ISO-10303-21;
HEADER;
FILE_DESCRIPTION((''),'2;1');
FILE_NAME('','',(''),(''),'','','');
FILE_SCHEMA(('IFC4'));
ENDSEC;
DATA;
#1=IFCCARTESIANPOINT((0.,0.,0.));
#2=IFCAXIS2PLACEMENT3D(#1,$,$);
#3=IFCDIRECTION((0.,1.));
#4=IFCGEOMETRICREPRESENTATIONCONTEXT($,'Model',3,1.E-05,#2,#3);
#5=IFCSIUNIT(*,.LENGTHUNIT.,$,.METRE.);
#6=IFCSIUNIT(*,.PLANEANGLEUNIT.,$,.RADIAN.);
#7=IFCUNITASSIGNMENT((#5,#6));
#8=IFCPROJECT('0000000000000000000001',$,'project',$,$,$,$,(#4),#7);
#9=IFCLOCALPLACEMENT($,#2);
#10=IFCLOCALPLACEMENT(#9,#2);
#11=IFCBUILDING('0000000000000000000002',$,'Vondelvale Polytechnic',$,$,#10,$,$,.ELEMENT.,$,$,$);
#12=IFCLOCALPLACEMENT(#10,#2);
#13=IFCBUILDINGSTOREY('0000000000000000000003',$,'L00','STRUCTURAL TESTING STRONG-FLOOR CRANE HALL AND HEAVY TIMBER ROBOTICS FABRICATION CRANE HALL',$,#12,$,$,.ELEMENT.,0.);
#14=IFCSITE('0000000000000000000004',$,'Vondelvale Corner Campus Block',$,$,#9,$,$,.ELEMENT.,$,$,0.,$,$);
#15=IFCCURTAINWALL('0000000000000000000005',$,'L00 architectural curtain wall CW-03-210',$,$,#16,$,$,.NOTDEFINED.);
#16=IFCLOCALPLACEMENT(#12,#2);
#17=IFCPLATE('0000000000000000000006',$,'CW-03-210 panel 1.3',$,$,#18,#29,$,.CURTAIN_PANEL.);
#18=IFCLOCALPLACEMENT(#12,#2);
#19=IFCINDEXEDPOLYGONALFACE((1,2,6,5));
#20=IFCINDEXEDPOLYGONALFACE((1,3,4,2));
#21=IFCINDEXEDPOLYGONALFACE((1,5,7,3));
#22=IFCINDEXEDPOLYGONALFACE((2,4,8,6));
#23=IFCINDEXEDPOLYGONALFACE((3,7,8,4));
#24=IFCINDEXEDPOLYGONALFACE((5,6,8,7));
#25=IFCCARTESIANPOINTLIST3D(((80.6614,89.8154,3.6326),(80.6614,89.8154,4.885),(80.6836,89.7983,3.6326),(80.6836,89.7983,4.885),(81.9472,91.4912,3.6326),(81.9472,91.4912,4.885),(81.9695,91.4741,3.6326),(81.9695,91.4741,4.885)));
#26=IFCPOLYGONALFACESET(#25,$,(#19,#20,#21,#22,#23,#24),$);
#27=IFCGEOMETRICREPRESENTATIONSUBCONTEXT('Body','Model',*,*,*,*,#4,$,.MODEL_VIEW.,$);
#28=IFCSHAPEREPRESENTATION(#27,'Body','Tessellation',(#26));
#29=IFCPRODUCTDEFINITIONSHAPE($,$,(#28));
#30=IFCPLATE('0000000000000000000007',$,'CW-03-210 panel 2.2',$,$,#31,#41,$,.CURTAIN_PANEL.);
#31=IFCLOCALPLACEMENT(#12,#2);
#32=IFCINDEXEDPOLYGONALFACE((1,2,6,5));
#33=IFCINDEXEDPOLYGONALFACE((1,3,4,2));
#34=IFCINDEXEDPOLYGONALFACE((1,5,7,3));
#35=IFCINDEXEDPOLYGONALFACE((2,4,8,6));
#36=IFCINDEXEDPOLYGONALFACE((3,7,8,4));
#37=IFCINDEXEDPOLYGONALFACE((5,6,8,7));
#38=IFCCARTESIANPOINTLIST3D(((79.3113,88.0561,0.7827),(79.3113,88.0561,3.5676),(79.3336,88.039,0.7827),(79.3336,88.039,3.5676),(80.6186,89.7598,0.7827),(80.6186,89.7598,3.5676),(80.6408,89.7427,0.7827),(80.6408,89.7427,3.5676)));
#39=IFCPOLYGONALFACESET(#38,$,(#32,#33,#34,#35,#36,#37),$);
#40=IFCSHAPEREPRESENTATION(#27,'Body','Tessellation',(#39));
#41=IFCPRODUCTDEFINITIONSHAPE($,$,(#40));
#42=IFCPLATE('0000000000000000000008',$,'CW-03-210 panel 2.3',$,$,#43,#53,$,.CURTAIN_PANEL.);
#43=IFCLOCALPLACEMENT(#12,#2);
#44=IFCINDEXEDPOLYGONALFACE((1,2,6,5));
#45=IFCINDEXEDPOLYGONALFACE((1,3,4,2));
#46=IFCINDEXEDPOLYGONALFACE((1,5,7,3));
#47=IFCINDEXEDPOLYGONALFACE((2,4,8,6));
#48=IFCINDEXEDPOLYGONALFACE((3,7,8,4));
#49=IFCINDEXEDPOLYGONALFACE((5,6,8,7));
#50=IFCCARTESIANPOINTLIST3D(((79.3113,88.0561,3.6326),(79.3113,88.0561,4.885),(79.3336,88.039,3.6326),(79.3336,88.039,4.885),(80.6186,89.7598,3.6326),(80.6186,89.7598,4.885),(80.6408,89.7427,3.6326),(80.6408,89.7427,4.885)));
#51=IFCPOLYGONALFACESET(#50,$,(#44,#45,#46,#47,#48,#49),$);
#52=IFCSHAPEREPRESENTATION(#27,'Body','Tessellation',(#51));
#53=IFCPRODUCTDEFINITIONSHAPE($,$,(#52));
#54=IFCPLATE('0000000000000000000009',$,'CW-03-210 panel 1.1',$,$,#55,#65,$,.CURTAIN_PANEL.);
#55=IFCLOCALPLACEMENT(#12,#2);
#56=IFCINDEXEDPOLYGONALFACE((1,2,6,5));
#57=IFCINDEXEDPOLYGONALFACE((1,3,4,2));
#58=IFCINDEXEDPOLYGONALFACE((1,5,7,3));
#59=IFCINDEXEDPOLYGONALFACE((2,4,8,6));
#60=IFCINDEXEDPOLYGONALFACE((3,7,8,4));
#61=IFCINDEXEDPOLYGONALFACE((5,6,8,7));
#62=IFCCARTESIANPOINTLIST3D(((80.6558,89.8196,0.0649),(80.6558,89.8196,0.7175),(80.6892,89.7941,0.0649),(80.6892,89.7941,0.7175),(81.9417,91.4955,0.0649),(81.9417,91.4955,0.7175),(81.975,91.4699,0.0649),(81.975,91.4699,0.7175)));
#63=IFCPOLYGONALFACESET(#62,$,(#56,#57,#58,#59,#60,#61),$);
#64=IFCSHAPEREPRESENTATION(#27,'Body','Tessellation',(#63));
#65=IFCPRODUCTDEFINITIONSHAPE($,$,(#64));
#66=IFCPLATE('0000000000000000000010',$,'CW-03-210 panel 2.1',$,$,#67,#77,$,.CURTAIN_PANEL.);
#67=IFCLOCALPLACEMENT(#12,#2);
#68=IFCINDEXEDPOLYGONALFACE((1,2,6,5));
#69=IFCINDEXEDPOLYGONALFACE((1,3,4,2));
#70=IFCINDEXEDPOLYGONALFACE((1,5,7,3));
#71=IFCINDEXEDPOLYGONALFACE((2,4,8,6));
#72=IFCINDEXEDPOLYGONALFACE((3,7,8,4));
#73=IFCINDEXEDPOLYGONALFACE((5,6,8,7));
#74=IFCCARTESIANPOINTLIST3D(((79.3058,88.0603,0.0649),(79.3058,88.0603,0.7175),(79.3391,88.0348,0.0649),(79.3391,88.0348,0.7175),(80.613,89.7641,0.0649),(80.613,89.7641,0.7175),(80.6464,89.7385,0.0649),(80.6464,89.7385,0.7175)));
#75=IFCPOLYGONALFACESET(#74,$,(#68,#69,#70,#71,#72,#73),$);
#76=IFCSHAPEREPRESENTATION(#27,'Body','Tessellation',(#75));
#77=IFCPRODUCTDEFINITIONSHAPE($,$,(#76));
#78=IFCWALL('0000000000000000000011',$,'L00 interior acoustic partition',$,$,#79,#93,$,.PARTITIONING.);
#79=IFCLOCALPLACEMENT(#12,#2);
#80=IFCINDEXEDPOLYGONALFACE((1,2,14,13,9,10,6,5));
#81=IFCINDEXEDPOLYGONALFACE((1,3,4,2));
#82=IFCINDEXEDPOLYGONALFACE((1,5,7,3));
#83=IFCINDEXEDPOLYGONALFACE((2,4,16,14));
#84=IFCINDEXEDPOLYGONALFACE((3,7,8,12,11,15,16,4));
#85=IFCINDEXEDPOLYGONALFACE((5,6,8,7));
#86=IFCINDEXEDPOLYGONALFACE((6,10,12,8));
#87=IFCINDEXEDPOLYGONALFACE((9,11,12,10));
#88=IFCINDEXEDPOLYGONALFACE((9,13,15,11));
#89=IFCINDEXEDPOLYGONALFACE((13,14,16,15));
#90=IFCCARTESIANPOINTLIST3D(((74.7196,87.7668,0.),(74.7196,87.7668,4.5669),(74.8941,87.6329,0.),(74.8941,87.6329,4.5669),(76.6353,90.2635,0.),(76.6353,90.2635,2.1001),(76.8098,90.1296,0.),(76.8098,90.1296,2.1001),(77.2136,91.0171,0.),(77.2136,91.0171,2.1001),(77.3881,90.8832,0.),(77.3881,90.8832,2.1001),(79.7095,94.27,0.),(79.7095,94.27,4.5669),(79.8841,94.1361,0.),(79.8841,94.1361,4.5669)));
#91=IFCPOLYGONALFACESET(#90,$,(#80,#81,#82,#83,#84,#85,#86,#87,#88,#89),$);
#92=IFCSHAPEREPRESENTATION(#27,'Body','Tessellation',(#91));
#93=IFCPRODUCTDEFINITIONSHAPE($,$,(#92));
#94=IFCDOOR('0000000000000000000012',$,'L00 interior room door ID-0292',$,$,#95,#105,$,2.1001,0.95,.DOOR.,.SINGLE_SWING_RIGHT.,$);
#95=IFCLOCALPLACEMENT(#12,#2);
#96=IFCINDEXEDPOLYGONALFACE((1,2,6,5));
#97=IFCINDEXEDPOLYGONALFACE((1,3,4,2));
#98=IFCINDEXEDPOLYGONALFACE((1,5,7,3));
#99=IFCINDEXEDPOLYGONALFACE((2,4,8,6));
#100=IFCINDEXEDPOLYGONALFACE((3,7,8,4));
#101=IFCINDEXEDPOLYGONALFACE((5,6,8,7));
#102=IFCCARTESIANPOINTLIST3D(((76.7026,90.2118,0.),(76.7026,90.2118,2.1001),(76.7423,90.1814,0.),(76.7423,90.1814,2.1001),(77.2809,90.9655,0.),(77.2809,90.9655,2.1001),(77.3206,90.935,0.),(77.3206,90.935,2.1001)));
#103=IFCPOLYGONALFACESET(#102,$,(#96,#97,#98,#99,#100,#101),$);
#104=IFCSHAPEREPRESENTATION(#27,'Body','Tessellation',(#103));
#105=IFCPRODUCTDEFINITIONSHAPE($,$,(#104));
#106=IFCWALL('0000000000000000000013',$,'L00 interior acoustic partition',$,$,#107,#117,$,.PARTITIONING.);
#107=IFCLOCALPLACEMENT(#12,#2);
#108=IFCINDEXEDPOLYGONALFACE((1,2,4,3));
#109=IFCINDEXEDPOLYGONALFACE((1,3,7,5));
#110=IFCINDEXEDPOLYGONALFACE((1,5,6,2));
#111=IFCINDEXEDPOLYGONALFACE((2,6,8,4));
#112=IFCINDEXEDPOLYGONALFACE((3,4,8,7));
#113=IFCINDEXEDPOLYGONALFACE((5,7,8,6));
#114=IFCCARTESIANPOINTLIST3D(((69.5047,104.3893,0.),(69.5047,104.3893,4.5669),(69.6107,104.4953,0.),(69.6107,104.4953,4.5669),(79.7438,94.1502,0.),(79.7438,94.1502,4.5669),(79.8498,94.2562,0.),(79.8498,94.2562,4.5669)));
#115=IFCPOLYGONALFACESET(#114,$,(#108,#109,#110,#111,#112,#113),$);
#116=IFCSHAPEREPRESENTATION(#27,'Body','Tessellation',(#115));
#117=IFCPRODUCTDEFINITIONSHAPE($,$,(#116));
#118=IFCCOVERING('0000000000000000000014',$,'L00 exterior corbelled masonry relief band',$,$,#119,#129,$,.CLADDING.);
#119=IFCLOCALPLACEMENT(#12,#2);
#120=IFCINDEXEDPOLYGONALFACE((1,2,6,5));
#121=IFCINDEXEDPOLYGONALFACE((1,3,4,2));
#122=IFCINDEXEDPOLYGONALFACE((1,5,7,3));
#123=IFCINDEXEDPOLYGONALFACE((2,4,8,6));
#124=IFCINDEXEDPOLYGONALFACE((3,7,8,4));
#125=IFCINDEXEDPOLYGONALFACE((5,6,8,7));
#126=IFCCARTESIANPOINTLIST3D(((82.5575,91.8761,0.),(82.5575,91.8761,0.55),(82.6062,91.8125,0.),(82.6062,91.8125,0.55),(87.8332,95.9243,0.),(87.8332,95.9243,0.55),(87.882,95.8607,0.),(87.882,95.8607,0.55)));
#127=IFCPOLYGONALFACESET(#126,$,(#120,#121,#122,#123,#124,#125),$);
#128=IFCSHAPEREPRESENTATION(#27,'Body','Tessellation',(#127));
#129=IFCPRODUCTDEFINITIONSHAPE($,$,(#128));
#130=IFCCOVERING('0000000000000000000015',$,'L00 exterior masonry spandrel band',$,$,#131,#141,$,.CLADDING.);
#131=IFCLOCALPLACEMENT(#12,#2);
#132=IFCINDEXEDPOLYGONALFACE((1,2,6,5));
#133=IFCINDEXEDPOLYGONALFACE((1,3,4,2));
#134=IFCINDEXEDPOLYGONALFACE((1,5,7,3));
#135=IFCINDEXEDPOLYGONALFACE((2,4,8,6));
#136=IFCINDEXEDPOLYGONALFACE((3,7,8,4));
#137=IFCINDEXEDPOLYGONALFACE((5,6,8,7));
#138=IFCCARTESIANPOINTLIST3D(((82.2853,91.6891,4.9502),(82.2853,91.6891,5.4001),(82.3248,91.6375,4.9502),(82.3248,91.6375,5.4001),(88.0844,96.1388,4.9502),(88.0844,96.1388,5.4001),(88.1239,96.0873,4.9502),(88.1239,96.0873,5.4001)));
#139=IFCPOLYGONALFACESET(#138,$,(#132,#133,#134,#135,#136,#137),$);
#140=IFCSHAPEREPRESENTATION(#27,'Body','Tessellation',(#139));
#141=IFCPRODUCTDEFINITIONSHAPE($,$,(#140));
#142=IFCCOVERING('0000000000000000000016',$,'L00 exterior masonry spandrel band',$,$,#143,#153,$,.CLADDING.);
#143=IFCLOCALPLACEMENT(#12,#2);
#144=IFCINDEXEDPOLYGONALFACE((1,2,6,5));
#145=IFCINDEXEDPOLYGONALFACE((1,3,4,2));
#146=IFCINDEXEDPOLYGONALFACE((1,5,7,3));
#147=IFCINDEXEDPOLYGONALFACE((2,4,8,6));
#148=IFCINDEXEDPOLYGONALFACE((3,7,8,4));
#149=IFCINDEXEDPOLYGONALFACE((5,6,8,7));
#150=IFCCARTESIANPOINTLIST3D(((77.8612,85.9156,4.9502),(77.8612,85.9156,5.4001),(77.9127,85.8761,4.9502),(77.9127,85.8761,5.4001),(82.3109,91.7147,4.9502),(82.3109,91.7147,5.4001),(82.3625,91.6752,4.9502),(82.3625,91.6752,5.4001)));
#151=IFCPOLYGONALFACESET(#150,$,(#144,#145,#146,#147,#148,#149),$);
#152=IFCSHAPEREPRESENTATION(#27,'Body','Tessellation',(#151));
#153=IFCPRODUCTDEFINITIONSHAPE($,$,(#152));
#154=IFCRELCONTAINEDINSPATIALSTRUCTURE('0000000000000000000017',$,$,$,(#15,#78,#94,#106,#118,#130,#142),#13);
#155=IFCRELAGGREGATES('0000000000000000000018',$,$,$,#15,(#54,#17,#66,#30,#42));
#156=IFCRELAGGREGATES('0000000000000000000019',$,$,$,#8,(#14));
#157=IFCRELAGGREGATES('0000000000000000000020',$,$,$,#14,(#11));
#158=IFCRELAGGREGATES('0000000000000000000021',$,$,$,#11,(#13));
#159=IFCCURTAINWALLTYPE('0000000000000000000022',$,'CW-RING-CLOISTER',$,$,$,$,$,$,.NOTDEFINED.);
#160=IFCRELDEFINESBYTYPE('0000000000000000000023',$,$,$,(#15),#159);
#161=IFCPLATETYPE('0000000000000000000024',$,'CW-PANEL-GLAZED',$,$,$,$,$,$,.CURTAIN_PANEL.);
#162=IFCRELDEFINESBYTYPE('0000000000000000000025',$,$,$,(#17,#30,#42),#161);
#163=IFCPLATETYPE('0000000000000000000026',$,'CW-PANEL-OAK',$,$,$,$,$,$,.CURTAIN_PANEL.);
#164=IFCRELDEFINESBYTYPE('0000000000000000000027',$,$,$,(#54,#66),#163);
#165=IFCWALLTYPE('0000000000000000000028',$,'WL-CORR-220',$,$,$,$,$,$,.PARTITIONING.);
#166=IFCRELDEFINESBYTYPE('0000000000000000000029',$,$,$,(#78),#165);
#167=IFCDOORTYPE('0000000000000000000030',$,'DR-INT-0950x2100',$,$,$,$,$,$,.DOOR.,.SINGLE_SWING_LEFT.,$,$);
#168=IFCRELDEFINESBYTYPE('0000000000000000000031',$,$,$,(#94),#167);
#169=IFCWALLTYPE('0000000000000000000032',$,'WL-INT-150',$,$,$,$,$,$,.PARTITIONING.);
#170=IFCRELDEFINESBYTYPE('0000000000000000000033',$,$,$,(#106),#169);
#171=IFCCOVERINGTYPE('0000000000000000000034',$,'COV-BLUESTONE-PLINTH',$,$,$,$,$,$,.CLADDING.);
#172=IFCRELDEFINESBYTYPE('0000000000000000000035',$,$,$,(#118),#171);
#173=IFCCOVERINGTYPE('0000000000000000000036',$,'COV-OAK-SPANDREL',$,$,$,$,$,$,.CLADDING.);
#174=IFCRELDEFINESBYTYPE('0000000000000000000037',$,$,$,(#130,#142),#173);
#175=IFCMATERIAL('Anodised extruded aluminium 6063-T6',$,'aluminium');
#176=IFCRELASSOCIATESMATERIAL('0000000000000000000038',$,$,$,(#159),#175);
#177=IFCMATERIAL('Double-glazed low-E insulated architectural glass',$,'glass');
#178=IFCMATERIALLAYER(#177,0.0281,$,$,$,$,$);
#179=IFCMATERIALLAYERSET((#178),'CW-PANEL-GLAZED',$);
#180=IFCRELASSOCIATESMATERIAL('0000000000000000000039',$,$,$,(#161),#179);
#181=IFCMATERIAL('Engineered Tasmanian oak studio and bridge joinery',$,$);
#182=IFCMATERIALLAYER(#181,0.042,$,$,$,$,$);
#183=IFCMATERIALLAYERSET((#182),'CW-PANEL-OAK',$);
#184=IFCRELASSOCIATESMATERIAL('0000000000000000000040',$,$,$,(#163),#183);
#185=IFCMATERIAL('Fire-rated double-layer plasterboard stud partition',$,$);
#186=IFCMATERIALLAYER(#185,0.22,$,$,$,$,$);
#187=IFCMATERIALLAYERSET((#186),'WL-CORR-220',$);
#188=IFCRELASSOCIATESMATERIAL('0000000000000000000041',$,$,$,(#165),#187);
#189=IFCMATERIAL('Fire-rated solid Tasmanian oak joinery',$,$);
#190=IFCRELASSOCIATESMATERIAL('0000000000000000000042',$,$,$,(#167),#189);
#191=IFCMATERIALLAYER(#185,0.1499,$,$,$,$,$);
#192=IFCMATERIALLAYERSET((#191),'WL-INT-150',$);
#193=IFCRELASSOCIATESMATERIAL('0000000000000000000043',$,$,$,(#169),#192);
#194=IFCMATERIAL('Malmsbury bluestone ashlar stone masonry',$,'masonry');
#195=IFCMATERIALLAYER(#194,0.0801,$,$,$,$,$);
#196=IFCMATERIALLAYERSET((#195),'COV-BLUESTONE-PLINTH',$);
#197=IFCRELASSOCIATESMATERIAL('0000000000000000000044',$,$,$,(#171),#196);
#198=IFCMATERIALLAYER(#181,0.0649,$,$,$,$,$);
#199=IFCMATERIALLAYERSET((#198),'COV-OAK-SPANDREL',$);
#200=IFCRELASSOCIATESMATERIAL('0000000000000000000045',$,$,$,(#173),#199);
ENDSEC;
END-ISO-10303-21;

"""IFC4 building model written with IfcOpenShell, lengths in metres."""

from ifc_helpers import new_model, si_unit, direction, frame, frame_2d, origin, origin_2d, place, context, subcontext, project, spatial, rectangle, extrude, material, layer, layer_set, type_object, element, fill, aggregate, save


model = new_model("IFC4")

# Units and contexts
model_context = context("Model", 3, precision=1e-05, world=origin(), true_north=direction((0.0, 1.0)))
body_context = subcontext(model_context, "Body", "Model", "MODEL_VIEW")
ifc_project = project(units=[si_unit("LENGTHUNIT", "METRE"), si_unit("PLANEANGLEUNIT", "RADIAN")], contexts=[model_context])

# Site, building, storey
site_placement = place(None, origin())
site = spatial("IfcSite", under=ifc_project, at=site_placement, Name="Vondelvale Corner Campus Block", CompositionType="ELEMENT", RefElevation=0.0)
building_placement = place(site_placement, origin())
building = spatial("IfcBuilding", under=site, at=building_placement, Name="Vondelvale Polytechnic", CompositionType="ELEMENT")
storey_placement = place(building_placement, origin())
storey = spatial("IfcBuildingStorey", under=building, at=storey_placement, Name="L00", Description="STRUCTURAL TESTING STRONG-FLOOR CRANE HALL AND HEAVY TIMBER ROBOTICS FABRICATION CRANE HALL", CompositionType="ELEMENT", Elevation=0.0)

# Curtain wall, plates
ifc_material_1 = material(Name="Anodised extruded aluminium 6063-T6", Category="aluminium")
curtain_wall_type = type_object("IfcCurtainWallType", Name="CW-RING-CLOISTER", PredefinedType="NOTDEFINED", material=ifc_material_1)
curtain_wall_placement = place(storey_placement, origin())
curtain_wall = element("IfcCurtainWall", 1, at=curtain_wall_placement, inside=storey, type_object=curtain_wall_type, Name="L00 architectural curtain wall CW-03-210", PredefinedType="NOTDEFINED")
ifc_material_2 = material(Name="Double-glazed low-E insulated architectural glass", Category="glass")
ifc_layer_1 = layer(ifc_material_2, 0.0281)
ifc_layer_set_1 = layer_set([ifc_layer_1], Name="CW-PANEL-GLAZED")
plate_type_1 = type_object("IfcPlateType", Name="CW-PANEL-GLAZED", PredefinedType="CURTAIN_PANEL", material=ifc_layer_set_1)
plate_1_placement = place(storey_placement, frame((81.3154, 90.6448, 3.6326), z_axis=(0.0, 0.0, 1.0), x_axis=(-0.608748, -0.793364, 0.0)))
plate_1 = element("IfcPlate", 2, at=plate_1_placement, type_object=plate_type_1, Name="CW-03-210 panel 1.3", PredefinedType="CURTAIN_PANEL", context=body_context, shape_type="SweptSolid", body=[
    extrude(rectangle(XDim=2.1123, YDim=0.0281, at=origin_2d()), origin(), (0.0, 0.0, 1.0), 1.2524),
])
plate_2_placement = place(storey_placement, frame((79.9761, 88.8994, 0.7827), z_axis=(0.0, 0.0, 1.0), x_axis=(-0.608748, -0.793364, 0.0)))
plate_2 = element("IfcPlate", 3, at=plate_2_placement, type_object=plate_type_1, Name="CW-03-210 panel 2.2", PredefinedType="CURTAIN_PANEL", context=body_context, shape_type="SweptSolid", body=[
    extrude(rectangle(XDim=2.1475, YDim=0.0281, at=origin_2d()), origin(), (0.0, 0.0, 1.0), 2.7849),
])
plate_3_placement = place(storey_placement, frame((79.9761, 88.8994, 3.6326), z_axis=(0.0, 0.0, 1.0), x_axis=(-0.608748, -0.793364, 0.0)))
plate_3 = element("IfcPlate", 4, at=plate_3_placement, type_object=plate_type_1, Name="CW-03-210 panel 2.3", PredefinedType="CURTAIN_PANEL", context=body_context, shape_type="SweptSolid", body=[
    extrude(rectangle(XDim=2.1475, YDim=0.0281, at=origin_2d()), origin(), (0.0, 0.0, 1.0), 1.2524),
])
ifc_material_3 = material(Name="Engineered Tasmanian oak studio and bridge joinery")
ifc_layer_2 = layer(ifc_material_3, 0.042)
ifc_layer_set_2 = layer_set([ifc_layer_2], Name="CW-PANEL-OAK")
plate_type_2 = type_object("IfcPlateType", Name="CW-PANEL-OAK", PredefinedType="CURTAIN_PANEL", material=ifc_layer_set_2)
plate_4_placement = place(storey_placement, frame((81.3154, 90.6448, 0.0649), z_axis=(0.0, 0.0, 1.0), x_axis=(-0.608748, -0.793364, 0.0)))
plate_4 = element("IfcPlate", 5, at=plate_4_placement, type_object=plate_type_2, Name="CW-03-210 panel 1.1", PredefinedType="CURTAIN_PANEL", context=body_context, shape_type="SweptSolid", body=[
    extrude(rectangle(XDim=2.1123, YDim=0.042, at=origin_2d()), origin(), (0.0, 0.0, 1.0), 0.6526),
])
plate_5_placement = place(storey_placement, frame((79.9761, 88.8994, 0.0649), z_axis=(0.0, 0.0, 1.0), x_axis=(-0.608748, -0.793364, 0.0)))
plate_5 = element("IfcPlate", 6, at=plate_5_placement, type_object=plate_type_2, Name="CW-03-210 panel 2.1", PredefinedType="CURTAIN_PANEL", context=body_context, shape_type="SweptSolid", body=[
    extrude(rectangle(XDim=2.1475, YDim=0.042, at=origin_2d()), origin(), (0.0, 0.0, 1.0), 0.6526),
])
aggregate(curtain_wall, [plate_4, plate_1, plate_5, plate_2, plate_3])

# Wall, opening, door
ifc_material_4 = material(Name="Fire-rated double-layer plasterboard stud partition")
ifc_layer_3 = layer(ifc_material_4, 0.22)
ifc_layer_set_3 = layer_set([ifc_layer_3], Name="WL-CORR-220")
wall_type_1 = type_object("IfcWallType", Name="WL-CORR-220", PredefinedType="PARTITIONING", material=ifc_layer_set_3)
wall_1_placement = place(storey_placement, frame((79.7969, 94.2031, 0.0), z_axis=(0.0, 0.0, 1.0), x_axis=(-0.608756, -0.793357, 0.0)))
wall_1 = element("IfcWall", 7, at=wall_1_placement, inside=storey, type_object=wall_type_1, Name="L00 interior acoustic partition", PredefinedType="PARTITIONING", context=body_context, shape_type="SweptSolid", body=[
    extrude(rectangle(XDim=8.197, YDim=0.22, at=frame_2d((4.0986, 0.0))), origin(), (0.0, 0.0, 1.0), 4.5669),
])
opening_placement = place(wall_1_placement, frame((4.1001, 0.0, 0.0)))
opening = element("IfcOpeningElement", 8, at=opening_placement, cuts=wall_1, PredefinedType="OPENING", context=body_context, shape_type="SweptSolid", body=[
    extrude(rectangle(XDim=0.95, YDim=2.1001, at=frame_2d((0.4751, 1.05))), frame((0.0, 0.1199, 0.0), z_axis=(0.0, -1.0, 0.0), x_axis=(1.0, 0.0, 0.0)), (0.0, 0.0, 1.0), 0.24),
])
ifc_material_5 = material(Name="Fire-rated solid Tasmanian oak joinery")
door_type = type_object("IfcDoorType", Name="DR-INT-0950x2100", OperationType="SINGLE_SWING_LEFT", PredefinedType="DOOR", material=ifc_material_5)
door_placement = place(opening_placement, origin())
door = element("IfcDoor", 9, at=door_placement, inside=storey, type_object=door_type, Name="L00 interior room door ID-0292", OperationType="SINGLE_SWING_RIGHT", OverallHeight=2.1001, OverallWidth=0.95, PredefinedType="DOOR", context=body_context, shape_type="SweptSolid", body=[
    extrude(rectangle(XDim=0.95, YDim=2.1001, at=frame_2d((0.4751, 1.05))), frame((0.0, 0.0249, 0.0), z_axis=(0.0, -1.0, 0.0), x_axis=(1.0, 0.0, 0.0)), (0.0, 0.0, 1.0), 0.05),
])
fill(opening, door)

# Wall
ifc_layer_4 = layer(ifc_material_4, 0.1499)
ifc_layer_set_4 = layer_set([ifc_layer_4], Name="WL-INT-150")
wall_type_2 = type_object("IfcWallType", Name="WL-INT-150", PredefinedType="PARTITIONING", material=ifc_layer_set_4)
wall_2_placement = place(storey_placement, frame((79.7969, 94.2031, 0.0), z_axis=(0.0, 0.0, 1.0), x_axis=(-0.707107, 0.707107, 0.0)))
element("IfcWall", 10, at=wall_2_placement, inside=storey, type_object=wall_type_2, Name="L00 interior acoustic partition", PredefinedType="PARTITIONING", context=body_context, shape_type="SweptSolid", body=[
    extrude(rectangle(XDim=14.4802, YDim=0.1499, at=frame_2d((7.2402, 0.0))), origin(), (0.0, 0.0, 1.0), 4.5669),
])

# Coverings
ifc_material_6 = material(Name="Malmsbury bluestone ashlar stone masonry", Category="masonry")
ifc_layer_5 = layer(ifc_material_6, 0.0801)
ifc_layer_set_5 = layer_set([ifc_layer_5], Name="COV-BLUESTONE-PLINTH")
covering_type_1 = type_object("IfcCoveringType", Name="COV-BLUESTONE-PLINTH", PredefinedType="CLADDING", material=ifc_layer_set_5)
covering_placement = place(storey_placement, frame((85.2197, 93.8684, 0.0), z_axis=(0.0, 0.0, 1.0), x_axis=(-0.793353, -0.608761, 0.0)))
element("IfcCovering", 11, at=covering_placement, inside=storey, type_object=covering_type_1, Name="L00 exterior corbelled masonry relief band", PredefinedType="CLADDING", context=body_context, shape_type="SweptSolid", body=[
    extrude(rectangle(XDim=6.6499, YDim=0.0801, at=origin_2d()), origin(), (0.0, 0.0, 1.0), 0.55),
])
ifc_layer_6 = layer(ifc_material_3, 0.0649)
ifc_layer_set_6 = layer_set([ifc_layer_6], Name="COV-OAK-SPANDREL")
covering_type_2 = type_object("IfcCoveringType", Name="COV-OAK-SPANDREL", PredefinedType="CLADDING", material=ifc_layer_set_6)
for number, where, z_axis, x_axis, name in (
    (12, (85.2046, 93.8882, 4.9502), (0.0, 0.0, 1.0), (-0.793353, -0.608761, 0.0), "L00 exterior masonry spandrel band"),
    (13, (80.1118, 88.7954, 4.9502), (0.0, 0.0, 1.0), (-0.608761, -0.793353, 0.0), "L00 exterior masonry spandrel band"),
):
    element("IfcCovering", number, at=place(storey_placement, frame(where, z_axis=z_axis, x_axis=x_axis)), inside=storey, type_object=covering_type_2, Name=name, PredefinedType="CLADDING", context=body_context, shape_type="SweptSolid", body=[
        extrude(rectangle(XDim=7.3096, YDim=0.0649, at=origin_2d()), origin(), (0.0, 0.0, 1.0), 0.45),
    ])

save(model, "model.ifc")
